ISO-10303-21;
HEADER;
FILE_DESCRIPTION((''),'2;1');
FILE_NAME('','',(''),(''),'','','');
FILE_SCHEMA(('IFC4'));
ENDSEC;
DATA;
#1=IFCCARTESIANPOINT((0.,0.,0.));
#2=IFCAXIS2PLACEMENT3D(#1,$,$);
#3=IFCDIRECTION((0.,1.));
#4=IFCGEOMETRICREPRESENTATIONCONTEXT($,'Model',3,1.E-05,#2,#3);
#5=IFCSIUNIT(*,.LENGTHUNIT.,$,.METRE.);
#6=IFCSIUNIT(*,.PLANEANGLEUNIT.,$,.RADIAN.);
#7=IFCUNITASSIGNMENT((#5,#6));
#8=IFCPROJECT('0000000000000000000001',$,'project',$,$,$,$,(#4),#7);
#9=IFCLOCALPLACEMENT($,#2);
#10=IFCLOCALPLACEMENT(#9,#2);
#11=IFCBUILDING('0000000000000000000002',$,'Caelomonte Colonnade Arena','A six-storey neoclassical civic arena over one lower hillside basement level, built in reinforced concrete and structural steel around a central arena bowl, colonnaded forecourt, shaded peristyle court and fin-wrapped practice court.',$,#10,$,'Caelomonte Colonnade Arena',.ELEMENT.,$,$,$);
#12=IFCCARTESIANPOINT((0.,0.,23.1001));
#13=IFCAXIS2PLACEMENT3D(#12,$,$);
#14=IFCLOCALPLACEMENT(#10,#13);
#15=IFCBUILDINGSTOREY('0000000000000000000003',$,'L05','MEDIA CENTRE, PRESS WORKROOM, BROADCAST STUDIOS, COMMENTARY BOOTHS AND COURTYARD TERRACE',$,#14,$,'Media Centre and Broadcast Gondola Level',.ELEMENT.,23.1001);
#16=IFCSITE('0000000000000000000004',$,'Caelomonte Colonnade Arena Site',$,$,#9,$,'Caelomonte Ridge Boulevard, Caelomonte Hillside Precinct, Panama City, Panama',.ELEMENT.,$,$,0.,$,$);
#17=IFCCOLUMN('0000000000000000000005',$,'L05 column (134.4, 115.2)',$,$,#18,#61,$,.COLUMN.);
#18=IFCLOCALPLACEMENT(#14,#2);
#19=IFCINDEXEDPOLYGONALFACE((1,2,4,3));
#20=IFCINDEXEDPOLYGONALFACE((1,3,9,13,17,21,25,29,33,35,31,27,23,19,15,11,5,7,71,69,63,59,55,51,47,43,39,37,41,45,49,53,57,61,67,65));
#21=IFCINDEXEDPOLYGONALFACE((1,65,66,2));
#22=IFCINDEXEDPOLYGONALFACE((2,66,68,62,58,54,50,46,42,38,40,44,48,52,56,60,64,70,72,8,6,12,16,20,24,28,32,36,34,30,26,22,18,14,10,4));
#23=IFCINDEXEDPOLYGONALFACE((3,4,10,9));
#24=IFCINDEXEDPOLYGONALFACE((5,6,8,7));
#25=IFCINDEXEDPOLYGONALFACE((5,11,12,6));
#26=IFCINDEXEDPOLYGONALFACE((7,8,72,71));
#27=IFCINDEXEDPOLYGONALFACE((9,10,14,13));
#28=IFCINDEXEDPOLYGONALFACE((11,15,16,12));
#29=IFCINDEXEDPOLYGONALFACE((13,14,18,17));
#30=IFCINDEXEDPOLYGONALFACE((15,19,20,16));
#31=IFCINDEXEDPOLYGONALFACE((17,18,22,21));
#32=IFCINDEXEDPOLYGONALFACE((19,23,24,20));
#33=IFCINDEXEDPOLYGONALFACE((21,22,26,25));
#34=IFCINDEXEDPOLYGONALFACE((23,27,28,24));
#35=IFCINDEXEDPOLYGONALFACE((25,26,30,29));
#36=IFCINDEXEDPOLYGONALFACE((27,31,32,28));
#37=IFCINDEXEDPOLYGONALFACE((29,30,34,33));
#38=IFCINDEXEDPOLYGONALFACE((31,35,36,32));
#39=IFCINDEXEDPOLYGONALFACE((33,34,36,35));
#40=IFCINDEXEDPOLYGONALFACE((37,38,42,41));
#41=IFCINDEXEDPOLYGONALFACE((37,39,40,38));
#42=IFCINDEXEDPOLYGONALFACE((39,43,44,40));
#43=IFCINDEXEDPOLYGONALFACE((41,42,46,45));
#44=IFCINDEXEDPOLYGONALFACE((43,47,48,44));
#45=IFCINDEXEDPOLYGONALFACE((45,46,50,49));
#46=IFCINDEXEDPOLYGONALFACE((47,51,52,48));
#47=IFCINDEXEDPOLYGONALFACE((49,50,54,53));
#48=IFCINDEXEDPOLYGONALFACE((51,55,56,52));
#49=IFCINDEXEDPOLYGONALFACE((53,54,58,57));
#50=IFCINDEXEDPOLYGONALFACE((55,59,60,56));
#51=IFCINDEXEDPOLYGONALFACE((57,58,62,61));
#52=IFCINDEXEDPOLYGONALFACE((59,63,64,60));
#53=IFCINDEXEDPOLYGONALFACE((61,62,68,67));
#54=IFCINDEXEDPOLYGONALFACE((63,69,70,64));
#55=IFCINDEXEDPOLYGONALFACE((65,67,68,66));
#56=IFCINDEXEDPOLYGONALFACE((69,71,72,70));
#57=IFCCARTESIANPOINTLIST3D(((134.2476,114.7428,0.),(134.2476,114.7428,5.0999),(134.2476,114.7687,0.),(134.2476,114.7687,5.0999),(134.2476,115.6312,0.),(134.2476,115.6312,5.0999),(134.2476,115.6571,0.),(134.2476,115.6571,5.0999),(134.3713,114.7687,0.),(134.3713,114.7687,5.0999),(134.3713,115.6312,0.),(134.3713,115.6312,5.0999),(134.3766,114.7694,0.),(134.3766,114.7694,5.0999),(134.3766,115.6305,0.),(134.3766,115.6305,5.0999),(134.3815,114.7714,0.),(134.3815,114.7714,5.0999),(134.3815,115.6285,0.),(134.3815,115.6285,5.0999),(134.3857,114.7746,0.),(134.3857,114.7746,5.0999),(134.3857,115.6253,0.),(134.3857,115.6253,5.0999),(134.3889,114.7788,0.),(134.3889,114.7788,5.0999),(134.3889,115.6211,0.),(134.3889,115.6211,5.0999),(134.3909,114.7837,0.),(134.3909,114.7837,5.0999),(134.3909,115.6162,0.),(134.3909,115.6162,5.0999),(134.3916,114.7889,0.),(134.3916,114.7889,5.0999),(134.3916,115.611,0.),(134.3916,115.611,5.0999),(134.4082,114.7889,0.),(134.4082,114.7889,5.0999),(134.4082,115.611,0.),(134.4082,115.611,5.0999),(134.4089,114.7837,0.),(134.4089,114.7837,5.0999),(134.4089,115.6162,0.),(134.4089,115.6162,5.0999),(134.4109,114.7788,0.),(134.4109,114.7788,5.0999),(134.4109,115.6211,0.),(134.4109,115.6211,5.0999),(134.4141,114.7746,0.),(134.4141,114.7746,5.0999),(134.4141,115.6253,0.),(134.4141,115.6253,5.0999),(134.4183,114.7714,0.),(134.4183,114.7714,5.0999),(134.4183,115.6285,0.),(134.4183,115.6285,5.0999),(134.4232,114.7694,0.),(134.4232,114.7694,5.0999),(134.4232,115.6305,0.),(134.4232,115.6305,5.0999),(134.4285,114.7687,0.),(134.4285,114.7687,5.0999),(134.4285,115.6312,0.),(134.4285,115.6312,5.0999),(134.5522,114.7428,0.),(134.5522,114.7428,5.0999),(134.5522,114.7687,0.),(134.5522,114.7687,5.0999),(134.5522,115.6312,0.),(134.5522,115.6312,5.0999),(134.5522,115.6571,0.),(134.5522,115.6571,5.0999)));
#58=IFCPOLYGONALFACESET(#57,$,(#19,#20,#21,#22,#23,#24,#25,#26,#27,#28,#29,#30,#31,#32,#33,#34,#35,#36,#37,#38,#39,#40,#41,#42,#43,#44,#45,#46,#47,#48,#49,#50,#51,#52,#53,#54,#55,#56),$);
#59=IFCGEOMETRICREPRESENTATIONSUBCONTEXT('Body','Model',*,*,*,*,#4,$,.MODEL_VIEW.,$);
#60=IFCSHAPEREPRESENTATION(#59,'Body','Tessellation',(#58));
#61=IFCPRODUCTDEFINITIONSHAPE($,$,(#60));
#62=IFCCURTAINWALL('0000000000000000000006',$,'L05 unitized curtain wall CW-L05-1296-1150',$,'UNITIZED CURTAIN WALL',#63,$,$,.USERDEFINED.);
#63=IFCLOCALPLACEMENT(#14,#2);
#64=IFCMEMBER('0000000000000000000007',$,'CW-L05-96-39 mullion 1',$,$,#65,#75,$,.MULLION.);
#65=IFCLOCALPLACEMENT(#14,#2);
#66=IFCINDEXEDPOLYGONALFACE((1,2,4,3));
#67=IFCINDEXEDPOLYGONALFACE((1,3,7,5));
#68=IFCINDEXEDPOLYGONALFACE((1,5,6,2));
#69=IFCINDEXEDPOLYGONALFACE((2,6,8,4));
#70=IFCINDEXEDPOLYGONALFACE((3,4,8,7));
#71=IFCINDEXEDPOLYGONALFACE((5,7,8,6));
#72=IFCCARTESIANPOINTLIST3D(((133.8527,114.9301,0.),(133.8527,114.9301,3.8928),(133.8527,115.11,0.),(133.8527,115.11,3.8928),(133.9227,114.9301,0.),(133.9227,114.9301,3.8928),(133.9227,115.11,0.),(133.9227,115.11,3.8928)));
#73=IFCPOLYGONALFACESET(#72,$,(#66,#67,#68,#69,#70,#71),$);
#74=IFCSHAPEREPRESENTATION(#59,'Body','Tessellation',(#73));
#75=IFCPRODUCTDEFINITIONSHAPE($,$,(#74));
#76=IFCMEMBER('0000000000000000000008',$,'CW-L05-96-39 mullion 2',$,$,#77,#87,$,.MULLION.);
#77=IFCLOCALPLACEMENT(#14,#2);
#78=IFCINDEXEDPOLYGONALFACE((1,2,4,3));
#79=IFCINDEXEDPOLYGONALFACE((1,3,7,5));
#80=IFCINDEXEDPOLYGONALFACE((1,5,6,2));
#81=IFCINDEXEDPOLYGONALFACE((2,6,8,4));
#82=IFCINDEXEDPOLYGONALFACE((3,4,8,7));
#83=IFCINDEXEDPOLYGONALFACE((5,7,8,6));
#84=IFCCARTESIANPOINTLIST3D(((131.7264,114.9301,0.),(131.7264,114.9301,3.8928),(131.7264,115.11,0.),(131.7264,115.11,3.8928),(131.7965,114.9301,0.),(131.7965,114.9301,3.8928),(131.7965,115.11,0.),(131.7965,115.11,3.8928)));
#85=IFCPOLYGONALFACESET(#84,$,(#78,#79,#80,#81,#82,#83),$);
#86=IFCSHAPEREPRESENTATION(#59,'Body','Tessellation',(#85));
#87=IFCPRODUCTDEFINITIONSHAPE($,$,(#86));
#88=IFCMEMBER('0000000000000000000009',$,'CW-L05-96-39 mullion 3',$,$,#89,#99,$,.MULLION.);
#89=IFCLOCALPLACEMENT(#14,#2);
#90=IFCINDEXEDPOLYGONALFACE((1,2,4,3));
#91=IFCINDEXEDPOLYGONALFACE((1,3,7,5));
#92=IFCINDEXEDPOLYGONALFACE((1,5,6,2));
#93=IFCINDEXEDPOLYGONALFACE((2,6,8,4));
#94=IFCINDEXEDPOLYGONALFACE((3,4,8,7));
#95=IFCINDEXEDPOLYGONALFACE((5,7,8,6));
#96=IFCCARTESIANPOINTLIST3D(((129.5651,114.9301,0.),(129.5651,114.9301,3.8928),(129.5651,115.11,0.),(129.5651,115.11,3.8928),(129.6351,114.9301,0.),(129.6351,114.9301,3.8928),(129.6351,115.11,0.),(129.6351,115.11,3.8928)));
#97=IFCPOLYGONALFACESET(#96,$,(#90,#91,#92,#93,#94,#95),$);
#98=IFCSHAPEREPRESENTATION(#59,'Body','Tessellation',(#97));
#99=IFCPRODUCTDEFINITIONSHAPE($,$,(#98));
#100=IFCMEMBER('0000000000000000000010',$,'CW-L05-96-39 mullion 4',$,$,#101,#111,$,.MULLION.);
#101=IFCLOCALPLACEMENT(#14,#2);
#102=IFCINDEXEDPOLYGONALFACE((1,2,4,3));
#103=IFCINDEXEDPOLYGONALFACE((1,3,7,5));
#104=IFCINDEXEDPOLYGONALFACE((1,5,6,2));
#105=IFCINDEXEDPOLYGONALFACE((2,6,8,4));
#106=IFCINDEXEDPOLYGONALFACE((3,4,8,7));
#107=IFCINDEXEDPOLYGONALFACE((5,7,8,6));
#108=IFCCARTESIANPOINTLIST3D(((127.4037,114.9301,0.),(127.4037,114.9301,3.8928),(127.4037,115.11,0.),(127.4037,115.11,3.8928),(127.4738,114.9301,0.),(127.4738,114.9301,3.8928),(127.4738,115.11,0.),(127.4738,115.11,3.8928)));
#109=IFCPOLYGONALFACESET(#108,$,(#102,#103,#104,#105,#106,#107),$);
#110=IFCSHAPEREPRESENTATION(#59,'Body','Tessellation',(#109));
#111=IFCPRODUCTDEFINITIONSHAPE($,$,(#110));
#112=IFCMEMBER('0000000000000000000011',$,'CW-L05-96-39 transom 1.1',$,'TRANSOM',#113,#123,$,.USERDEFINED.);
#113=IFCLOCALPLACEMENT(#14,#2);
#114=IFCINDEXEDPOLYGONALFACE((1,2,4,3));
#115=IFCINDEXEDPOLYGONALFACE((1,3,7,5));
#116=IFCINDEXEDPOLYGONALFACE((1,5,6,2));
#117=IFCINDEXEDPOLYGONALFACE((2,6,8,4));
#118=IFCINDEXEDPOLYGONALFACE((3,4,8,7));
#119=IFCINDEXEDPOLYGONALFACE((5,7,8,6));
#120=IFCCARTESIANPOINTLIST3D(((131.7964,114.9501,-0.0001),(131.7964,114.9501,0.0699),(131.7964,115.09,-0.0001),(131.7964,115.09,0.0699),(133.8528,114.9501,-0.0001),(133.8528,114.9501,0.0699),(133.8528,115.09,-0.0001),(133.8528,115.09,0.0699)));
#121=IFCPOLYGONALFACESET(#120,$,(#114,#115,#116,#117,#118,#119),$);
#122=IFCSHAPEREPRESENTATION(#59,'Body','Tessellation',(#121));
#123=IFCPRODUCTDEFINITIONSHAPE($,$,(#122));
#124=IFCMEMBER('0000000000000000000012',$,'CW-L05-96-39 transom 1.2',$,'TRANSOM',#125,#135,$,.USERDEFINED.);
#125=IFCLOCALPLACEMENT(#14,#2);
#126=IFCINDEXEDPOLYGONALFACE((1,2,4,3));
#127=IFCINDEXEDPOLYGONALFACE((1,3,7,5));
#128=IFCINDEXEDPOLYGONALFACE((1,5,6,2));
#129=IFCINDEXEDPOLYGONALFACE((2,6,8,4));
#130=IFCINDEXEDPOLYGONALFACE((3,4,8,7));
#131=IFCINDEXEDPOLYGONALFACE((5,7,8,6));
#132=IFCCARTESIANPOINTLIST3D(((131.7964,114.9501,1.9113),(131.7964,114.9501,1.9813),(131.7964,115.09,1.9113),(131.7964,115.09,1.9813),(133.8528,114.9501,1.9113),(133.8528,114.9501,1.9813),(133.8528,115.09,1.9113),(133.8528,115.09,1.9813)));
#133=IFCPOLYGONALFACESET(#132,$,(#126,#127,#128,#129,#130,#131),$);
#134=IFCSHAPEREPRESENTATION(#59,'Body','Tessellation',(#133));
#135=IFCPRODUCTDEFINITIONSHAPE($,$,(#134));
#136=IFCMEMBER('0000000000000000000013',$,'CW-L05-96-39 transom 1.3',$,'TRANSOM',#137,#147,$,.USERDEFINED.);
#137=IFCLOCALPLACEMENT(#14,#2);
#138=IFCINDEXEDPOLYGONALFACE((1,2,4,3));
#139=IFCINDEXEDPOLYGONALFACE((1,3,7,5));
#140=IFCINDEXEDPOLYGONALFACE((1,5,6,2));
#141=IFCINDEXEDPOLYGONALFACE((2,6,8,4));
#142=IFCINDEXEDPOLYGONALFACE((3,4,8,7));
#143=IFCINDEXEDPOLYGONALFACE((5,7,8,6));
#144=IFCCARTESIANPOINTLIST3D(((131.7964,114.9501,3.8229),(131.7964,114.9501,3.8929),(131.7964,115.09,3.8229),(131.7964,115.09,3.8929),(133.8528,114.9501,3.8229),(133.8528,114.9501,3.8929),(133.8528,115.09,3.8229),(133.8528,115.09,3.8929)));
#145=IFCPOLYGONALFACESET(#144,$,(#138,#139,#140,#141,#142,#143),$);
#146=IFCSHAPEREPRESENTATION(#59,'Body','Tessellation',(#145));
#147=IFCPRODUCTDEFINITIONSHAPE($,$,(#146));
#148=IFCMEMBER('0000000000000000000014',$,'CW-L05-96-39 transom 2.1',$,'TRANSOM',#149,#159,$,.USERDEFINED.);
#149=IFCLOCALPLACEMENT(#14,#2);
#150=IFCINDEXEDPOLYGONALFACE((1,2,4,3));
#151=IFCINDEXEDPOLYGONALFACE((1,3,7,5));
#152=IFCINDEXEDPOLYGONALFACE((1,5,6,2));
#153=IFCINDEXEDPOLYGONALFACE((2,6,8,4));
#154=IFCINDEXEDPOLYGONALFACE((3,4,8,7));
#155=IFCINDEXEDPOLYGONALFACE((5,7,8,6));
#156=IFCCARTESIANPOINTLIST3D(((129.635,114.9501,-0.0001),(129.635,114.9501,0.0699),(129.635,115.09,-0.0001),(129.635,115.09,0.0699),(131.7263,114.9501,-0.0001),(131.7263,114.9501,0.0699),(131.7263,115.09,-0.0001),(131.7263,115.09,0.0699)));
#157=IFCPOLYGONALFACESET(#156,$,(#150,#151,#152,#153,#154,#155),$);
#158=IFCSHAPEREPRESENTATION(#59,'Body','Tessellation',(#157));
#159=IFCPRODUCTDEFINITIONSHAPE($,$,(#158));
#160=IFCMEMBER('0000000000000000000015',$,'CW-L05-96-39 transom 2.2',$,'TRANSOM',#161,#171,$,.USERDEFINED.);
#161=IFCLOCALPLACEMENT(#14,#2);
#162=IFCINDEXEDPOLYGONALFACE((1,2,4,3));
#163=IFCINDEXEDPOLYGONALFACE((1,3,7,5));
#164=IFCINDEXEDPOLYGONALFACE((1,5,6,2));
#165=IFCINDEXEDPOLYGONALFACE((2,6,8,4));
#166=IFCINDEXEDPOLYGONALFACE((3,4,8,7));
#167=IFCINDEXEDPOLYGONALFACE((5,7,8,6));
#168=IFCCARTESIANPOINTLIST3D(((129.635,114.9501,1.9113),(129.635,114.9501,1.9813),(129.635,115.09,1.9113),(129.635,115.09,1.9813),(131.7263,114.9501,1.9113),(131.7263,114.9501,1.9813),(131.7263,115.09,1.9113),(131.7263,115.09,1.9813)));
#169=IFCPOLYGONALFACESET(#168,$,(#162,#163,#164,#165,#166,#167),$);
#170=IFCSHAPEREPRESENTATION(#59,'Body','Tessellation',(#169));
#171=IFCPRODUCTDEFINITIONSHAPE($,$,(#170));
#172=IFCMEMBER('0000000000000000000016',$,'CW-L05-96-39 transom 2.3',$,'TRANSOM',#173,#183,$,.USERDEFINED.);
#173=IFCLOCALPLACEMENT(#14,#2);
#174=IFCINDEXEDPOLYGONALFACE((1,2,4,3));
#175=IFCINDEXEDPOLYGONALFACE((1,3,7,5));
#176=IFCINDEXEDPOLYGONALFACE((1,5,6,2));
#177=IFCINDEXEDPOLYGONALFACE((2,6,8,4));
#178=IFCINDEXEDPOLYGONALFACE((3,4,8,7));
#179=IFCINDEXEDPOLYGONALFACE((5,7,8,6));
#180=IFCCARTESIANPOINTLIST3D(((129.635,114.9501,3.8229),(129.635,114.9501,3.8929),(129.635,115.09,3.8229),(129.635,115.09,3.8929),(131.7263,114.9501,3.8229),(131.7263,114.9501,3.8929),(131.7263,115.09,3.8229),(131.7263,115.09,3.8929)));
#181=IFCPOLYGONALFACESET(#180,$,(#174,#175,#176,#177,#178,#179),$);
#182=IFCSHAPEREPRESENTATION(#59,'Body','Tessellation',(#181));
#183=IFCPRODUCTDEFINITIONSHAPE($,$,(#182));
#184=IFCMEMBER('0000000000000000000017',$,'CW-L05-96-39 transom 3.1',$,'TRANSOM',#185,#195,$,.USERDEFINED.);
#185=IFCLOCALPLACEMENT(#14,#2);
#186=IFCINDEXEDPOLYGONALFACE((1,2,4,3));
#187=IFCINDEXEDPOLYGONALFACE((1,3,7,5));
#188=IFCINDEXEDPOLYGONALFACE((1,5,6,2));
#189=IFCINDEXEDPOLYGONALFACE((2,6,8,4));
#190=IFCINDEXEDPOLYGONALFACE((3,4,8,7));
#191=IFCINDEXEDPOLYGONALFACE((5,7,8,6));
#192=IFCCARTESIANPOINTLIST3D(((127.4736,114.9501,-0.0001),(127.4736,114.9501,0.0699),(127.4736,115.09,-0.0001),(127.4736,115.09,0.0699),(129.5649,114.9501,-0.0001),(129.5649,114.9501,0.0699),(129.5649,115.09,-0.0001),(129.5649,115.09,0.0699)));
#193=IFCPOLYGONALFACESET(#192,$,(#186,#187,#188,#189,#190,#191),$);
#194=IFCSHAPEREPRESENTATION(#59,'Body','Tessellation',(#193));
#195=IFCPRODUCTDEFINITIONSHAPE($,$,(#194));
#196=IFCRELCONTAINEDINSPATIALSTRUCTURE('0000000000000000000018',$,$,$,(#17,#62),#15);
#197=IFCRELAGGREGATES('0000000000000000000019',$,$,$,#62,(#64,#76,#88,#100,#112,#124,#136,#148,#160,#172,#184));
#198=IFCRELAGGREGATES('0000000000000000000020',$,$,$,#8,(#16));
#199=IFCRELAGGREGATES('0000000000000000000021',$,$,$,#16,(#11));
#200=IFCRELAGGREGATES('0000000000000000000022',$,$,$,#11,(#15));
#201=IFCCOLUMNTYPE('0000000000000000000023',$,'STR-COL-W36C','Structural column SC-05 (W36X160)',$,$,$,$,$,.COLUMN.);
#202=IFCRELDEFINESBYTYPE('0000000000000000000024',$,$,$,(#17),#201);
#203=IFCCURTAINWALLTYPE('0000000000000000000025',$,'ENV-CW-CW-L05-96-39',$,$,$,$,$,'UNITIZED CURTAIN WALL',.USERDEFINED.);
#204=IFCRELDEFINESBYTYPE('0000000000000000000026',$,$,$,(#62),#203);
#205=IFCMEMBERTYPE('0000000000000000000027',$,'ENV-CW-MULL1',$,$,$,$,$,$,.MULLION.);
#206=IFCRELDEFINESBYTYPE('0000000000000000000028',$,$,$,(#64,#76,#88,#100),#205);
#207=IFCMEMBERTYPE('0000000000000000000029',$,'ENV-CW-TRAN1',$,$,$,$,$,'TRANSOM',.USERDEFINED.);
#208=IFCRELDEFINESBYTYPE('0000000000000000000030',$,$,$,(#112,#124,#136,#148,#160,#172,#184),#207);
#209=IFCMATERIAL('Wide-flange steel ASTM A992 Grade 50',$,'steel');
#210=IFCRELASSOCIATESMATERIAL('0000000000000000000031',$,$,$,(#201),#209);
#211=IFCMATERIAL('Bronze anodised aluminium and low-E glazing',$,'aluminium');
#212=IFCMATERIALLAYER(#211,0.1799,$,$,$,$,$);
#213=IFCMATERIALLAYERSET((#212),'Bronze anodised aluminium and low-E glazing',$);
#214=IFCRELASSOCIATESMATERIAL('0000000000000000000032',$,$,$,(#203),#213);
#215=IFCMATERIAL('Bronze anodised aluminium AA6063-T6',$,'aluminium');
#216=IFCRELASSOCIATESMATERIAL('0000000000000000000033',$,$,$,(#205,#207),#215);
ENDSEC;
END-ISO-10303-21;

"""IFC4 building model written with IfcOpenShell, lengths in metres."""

from ifc_helpers import new_model, si_unit, direction, frame, origin, origin_2d, place, context, subcontext, project, spatial, rectangle, i_section, extrude, material, layer, layer_set, material_profile, profile_set, type_object, element, aggregate, save


model = new_model("IFC4")

# Units and contexts
model_context = context("Model", 3, precision=1e-05, world=origin(), true_north=direction((0.0, 1.0)))
body_context = subcontext(model_context, "Body", "Model", "MODEL_VIEW")
ifc_project = project(units=[si_unit("LENGTHUNIT", "METRE"), si_unit("PLANEANGLEUNIT", "RADIAN")], contexts=[model_context])

# Site, building, storey
site_placement = place(None, origin())
site = spatial("IfcSite", under=ifc_project, at=site_placement, Name="Caelomonte Colonnade Arena Site", LongName="Caelomonte Ridge Boulevard, Caelomonte Hillside Precinct, Panama City, Panama", CompositionType="ELEMENT", RefElevation=0.0)
building_placement = place(site_placement, origin())
building = spatial("IfcBuilding", under=site, at=building_placement, Name="Caelomonte Colonnade Arena", Description="A six-storey neoclassical civic arena over one lower hillside basement level, built in reinforced concrete and structural steel around a central arena bowl, colonnaded forecourt, shaded peristyle court and fin-wrapped practice court.", LongName="Caelomonte Colonnade Arena", CompositionType="ELEMENT")
storey_placement = place(building_placement, frame((0.0, 0.0, 23.1001)))
storey = spatial("IfcBuildingStorey", under=building, at=storey_placement, Name="L05", Description="MEDIA CENTRE, PRESS WORKROOM, BROADCAST STUDIOS, COMMENTARY BOOTHS AND COURTYARD TERRACE", LongName="Media Centre and Broadcast Gondola Level", CompositionType="ELEMENT", Elevation=23.1001)

# Column
ifc_material_1 = material(Name="Wide-flange steel ASTM A992 Grade 50", Category="steel")
ifc_material_profile_1 = material_profile(ifc_material_1, i_section(OverallWidth=0.3047, OverallDepth=0.9143, WebThickness=0.0166, FlangeThickness=0.0259, FilletRadius=0.0203, at=origin_2d()), Name="W36X160")
ifc_profile_set_1 = profile_set([ifc_material_profile_1], Name="Wide-flange steel ASTM A992 Grade 50")
column_type = type_object("IfcColumnType", Name="STR-COL-W36C", Description="Structural column SC-05 (W36X160)", PredefinedType="COLUMN", material=ifc_profile_set_1)
column_placement = place(storey_placement, frame((134.3999, 115.2, 0.0), z_axis=(0.0, 0.0, 1.0), x_axis=(1.0, 0.0, 0.0)))
element("IfcColumn", 1, at=column_placement, inside=storey, type_object=column_type, Name="L05 column (134.4, 115.2)", PredefinedType="COLUMN", context=body_context, shape_type="SweptSolid", body=[
    extrude(i_section(OverallWidth=0.3047, OverallDepth=0.9143, WebThickness=0.0166, FlangeThickness=0.0259, FilletRadius=0.0203, at=origin_2d()), origin(), (0.0, 0.0, 1.0), 5.0999),
])

# Curtain wall, members
ifc_material_2 = material(Name="Bronze anodised aluminium and low-E glazing", Category="aluminium")
ifc_layer_1 = layer(ifc_material_2, 0.1799)
ifc_layer_set_1 = layer_set([ifc_layer_1], Name="Bronze anodised aluminium and low-E glazing")
curtain_wall_type = type_object("IfcCurtainWallType", Name="ENV-CW-CW-L05-96-39", ElementType="UNITIZED CURTAIN WALL", PredefinedType="USERDEFINED", material=ifc_layer_set_1)
curtain_wall_placement = place(storey_placement, origin())
curtain_wall = element("IfcCurtainWall", 2, at=curtain_wall_placement, inside=storey, type_object=curtain_wall_type, Name="L05 unitized curtain wall CW-L05-1296-1150", ObjectType="UNITIZED CURTAIN WALL", PredefinedType="USERDEFINED")
ifc_material_3 = material(Name="Bronze anodised aluminium AA6063-T6", Category="aluminium")
ifc_material_profile_2 = material_profile(ifc_material_3, rectangle(XDim=0.0701, YDim=0.1799, at=origin_2d()), Name="CWM-70X180")
ifc_profile_set_2 = profile_set([ifc_material_profile_2], Name="Bronze anodised aluminium AA6063-T6")
member_type_1 = type_object("IfcMemberType", Name="ENV-CW-MULL1", PredefinedType="MULLION", material=ifc_profile_set_2)
member_1_placement = place(storey_placement, frame((133.8877, 115.02, 0.0), z_axis=(0.0, 0.0, 1.0), x_axis=(-1.0, 0.0, 0.0)))
member_1 = element("IfcMember", 3, at=member_1_placement, type_object=member_type_1, Name="CW-L05-96-39 mullion 1", PredefinedType="MULLION", context=body_context, shape_type="SweptSolid", body=[
    extrude(rectangle(XDim=0.0701, YDim=0.1799, at=origin_2d()), origin(), (0.0, 0.0, 1.0), 3.8928),
])
member_2_placement = place(storey_placement, frame((131.7615, 115.02, 0.0), z_axis=(0.0, 0.0, 1.0), x_axis=(-1.0, 0.0, 0.0)))
member_2 = element("IfcMember", 4, at=member_2_placement, type_object=member_type_1, Name="CW-L05-96-39 mullion 2", PredefinedType="MULLION", context=body_context, shape_type="SweptSolid", body=[
    extrude(rectangle(XDim=0.0701, YDim=0.1799, at=origin_2d()), origin(), (0.0, 0.0, 1.0), 3.8928),
])
member_3_placement = place(storey_placement, frame((129.6001, 115.02, 0.0), z_axis=(0.0, 0.0, 1.0), x_axis=(-1.0, 0.0, 0.0)))
member_3 = element("IfcMember", 5, at=member_3_placement, type_object=member_type_1, Name="CW-L05-96-39 mullion 3", PredefinedType="MULLION", context=body_context, shape_type="SweptSolid", body=[
    extrude(rectangle(XDim=0.0701, YDim=0.1799, at=origin_2d()), origin(), (0.0, 0.0, 1.0), 3.8928),
])
member_4_placement = place(storey_placement, frame((127.4387, 115.02, 0.0), z_axis=(0.0, 0.0, 1.0), x_axis=(-1.0, 0.0, 0.0)))
member_4 = element("IfcMember", 6, at=member_4_placement, type_object=member_type_1, Name="CW-L05-96-39 mullion 4", PredefinedType="MULLION", context=body_context, shape_type="SweptSolid", body=[
    extrude(rectangle(XDim=0.0701, YDim=0.1799, at=origin_2d()), origin(), (0.0, 0.0, 1.0), 3.8928),
])
ifc_material_profile_3 = material_profile(ifc_material_3, rectangle(XDim=0.0701, YDim=0.1399, at=origin_2d()), Name="CWT-70X140")
ifc_profile_set_3 = profile_set([ifc_material_profile_3], Name="Bronze anodised aluminium AA6063-T6")
member_type_2 = type_object("IfcMemberType", Name="ENV-CW-TRAN1", ElementType="TRANSOM", PredefinedType="USERDEFINED", material=ifc_profile_set_3)
member_5_placement = place(storey_placement, frame((133.8528, 115.02, 0.0349), z_axis=(-1.0, 0.0, 0.0), x_axis=(0.0, 0.0, 1.0)))
member_5 = element("IfcMember", 7, at=member_5_placement, type_object=member_type_2, Name="CW-L05-96-39 transom 1.1", ObjectType="TRANSOM", PredefinedType="USERDEFINED", context=body_context, shape_type="SweptSolid", body=[
    extrude(rectangle(XDim=0.0701, YDim=0.1399, at=origin_2d()), origin(), (0.0, 0.0, 1.0), 2.0564),
])
member_6_placement = place(storey_placement, frame((133.8528, 115.02, 1.9463), z_axis=(-1.0, 0.0, 0.0), x_axis=(0.0, 0.0, 1.0)))
member_6 = element("IfcMember", 8, at=member_6_placement, type_object=member_type_2, Name="CW-L05-96-39 transom 1.2", ObjectType="TRANSOM", PredefinedType="USERDEFINED", context=body_context, shape_type="SweptSolid", body=[
    extrude(rectangle(XDim=0.0701, YDim=0.1399, at=origin_2d()), origin(), (0.0, 0.0, 1.0), 2.0564),
])
member_7_placement = place(storey_placement, frame((133.8528, 115.02, 3.8579), z_axis=(-1.0, 0.0, 0.0), x_axis=(0.0, 0.0, 1.0)))
member_7 = element("IfcMember", 9, at=member_7_placement, type_object=member_type_2, Name="CW-L05-96-39 transom 1.3", ObjectType="TRANSOM", PredefinedType="USERDEFINED", context=body_context, shape_type="SweptSolid", body=[
    extrude(rectangle(XDim=0.0701, YDim=0.1399, at=origin_2d()), origin(), (0.0, 0.0, 1.0), 2.0564),
])
member_8_placement = place(storey_placement, frame((131.7263, 115.02, 0.0349), z_axis=(-1.0, 0.0, 0.0), x_axis=(0.0, 0.0, 1.0)))
member_8 = element("IfcMember", 10, at=member_8_placement, type_object=member_type_2, Name="CW-L05-96-39 transom 2.1", ObjectType="TRANSOM", PredefinedType="USERDEFINED", context=body_context, shape_type="SweptSolid", body=[
    extrude(rectangle(XDim=0.0701, YDim=0.1399, at=origin_2d()), origin(), (0.0, 0.0, 1.0), 2.0913),
])
member_9_placement = place(storey_placement, frame((131.7263, 115.02, 1.9463), z_axis=(-1.0, 0.0, 0.0), x_axis=(0.0, 0.0, 1.0)))
member_9 = element("IfcMember", 11, at=member_9_placement, type_object=member_type_2, Name="CW-L05-96-39 transom 2.2", ObjectType="TRANSOM", PredefinedType="USERDEFINED", context=body_context, shape_type="SweptSolid", body=[
    extrude(rectangle(XDim=0.0701, YDim=0.1399, at=origin_2d()), origin(), (0.0, 0.0, 1.0), 2.0913),
])
member_10_placement = place(storey_placement, frame((131.7263, 115.02, 3.8579), z_axis=(-1.0, 0.0, 0.0), x_axis=(0.0, 0.0, 1.0)))
member_10 = element("IfcMember", 12, at=member_10_placement, type_object=member_type_2, Name="CW-L05-96-39 transom 2.3", ObjectType="TRANSOM", PredefinedType="USERDEFINED", context=body_context, shape_type="SweptSolid", body=[
    extrude(rectangle(XDim=0.0701, YDim=0.1399, at=origin_2d()), origin(), (0.0, 0.0, 1.0), 2.0913),
])
member_11_placement = place(storey_placement, frame((129.5649, 115.02, 0.0349), z_axis=(-1.0, 0.0, 0.0), x_axis=(0.0, 0.0, 1.0)))
member_11 = element("IfcMember", 13, at=member_11_placement, type_object=member_type_2, Name="CW-L05-96-39 transom 3.1", ObjectType="TRANSOM", PredefinedType="USERDEFINED", context=body_context, shape_type="SweptSolid", body=[
    extrude(rectangle(XDim=0.0701, YDim=0.1399, at=origin_2d()), origin(), (0.0, 0.0, 1.0), 2.0913),
])

aggregate(curtain_wall, [member_1, member_2, member_3, member_4, member_5, member_6, member_7, member_8, member_9, member_10, member_11])

save(model, "model.ifc")
